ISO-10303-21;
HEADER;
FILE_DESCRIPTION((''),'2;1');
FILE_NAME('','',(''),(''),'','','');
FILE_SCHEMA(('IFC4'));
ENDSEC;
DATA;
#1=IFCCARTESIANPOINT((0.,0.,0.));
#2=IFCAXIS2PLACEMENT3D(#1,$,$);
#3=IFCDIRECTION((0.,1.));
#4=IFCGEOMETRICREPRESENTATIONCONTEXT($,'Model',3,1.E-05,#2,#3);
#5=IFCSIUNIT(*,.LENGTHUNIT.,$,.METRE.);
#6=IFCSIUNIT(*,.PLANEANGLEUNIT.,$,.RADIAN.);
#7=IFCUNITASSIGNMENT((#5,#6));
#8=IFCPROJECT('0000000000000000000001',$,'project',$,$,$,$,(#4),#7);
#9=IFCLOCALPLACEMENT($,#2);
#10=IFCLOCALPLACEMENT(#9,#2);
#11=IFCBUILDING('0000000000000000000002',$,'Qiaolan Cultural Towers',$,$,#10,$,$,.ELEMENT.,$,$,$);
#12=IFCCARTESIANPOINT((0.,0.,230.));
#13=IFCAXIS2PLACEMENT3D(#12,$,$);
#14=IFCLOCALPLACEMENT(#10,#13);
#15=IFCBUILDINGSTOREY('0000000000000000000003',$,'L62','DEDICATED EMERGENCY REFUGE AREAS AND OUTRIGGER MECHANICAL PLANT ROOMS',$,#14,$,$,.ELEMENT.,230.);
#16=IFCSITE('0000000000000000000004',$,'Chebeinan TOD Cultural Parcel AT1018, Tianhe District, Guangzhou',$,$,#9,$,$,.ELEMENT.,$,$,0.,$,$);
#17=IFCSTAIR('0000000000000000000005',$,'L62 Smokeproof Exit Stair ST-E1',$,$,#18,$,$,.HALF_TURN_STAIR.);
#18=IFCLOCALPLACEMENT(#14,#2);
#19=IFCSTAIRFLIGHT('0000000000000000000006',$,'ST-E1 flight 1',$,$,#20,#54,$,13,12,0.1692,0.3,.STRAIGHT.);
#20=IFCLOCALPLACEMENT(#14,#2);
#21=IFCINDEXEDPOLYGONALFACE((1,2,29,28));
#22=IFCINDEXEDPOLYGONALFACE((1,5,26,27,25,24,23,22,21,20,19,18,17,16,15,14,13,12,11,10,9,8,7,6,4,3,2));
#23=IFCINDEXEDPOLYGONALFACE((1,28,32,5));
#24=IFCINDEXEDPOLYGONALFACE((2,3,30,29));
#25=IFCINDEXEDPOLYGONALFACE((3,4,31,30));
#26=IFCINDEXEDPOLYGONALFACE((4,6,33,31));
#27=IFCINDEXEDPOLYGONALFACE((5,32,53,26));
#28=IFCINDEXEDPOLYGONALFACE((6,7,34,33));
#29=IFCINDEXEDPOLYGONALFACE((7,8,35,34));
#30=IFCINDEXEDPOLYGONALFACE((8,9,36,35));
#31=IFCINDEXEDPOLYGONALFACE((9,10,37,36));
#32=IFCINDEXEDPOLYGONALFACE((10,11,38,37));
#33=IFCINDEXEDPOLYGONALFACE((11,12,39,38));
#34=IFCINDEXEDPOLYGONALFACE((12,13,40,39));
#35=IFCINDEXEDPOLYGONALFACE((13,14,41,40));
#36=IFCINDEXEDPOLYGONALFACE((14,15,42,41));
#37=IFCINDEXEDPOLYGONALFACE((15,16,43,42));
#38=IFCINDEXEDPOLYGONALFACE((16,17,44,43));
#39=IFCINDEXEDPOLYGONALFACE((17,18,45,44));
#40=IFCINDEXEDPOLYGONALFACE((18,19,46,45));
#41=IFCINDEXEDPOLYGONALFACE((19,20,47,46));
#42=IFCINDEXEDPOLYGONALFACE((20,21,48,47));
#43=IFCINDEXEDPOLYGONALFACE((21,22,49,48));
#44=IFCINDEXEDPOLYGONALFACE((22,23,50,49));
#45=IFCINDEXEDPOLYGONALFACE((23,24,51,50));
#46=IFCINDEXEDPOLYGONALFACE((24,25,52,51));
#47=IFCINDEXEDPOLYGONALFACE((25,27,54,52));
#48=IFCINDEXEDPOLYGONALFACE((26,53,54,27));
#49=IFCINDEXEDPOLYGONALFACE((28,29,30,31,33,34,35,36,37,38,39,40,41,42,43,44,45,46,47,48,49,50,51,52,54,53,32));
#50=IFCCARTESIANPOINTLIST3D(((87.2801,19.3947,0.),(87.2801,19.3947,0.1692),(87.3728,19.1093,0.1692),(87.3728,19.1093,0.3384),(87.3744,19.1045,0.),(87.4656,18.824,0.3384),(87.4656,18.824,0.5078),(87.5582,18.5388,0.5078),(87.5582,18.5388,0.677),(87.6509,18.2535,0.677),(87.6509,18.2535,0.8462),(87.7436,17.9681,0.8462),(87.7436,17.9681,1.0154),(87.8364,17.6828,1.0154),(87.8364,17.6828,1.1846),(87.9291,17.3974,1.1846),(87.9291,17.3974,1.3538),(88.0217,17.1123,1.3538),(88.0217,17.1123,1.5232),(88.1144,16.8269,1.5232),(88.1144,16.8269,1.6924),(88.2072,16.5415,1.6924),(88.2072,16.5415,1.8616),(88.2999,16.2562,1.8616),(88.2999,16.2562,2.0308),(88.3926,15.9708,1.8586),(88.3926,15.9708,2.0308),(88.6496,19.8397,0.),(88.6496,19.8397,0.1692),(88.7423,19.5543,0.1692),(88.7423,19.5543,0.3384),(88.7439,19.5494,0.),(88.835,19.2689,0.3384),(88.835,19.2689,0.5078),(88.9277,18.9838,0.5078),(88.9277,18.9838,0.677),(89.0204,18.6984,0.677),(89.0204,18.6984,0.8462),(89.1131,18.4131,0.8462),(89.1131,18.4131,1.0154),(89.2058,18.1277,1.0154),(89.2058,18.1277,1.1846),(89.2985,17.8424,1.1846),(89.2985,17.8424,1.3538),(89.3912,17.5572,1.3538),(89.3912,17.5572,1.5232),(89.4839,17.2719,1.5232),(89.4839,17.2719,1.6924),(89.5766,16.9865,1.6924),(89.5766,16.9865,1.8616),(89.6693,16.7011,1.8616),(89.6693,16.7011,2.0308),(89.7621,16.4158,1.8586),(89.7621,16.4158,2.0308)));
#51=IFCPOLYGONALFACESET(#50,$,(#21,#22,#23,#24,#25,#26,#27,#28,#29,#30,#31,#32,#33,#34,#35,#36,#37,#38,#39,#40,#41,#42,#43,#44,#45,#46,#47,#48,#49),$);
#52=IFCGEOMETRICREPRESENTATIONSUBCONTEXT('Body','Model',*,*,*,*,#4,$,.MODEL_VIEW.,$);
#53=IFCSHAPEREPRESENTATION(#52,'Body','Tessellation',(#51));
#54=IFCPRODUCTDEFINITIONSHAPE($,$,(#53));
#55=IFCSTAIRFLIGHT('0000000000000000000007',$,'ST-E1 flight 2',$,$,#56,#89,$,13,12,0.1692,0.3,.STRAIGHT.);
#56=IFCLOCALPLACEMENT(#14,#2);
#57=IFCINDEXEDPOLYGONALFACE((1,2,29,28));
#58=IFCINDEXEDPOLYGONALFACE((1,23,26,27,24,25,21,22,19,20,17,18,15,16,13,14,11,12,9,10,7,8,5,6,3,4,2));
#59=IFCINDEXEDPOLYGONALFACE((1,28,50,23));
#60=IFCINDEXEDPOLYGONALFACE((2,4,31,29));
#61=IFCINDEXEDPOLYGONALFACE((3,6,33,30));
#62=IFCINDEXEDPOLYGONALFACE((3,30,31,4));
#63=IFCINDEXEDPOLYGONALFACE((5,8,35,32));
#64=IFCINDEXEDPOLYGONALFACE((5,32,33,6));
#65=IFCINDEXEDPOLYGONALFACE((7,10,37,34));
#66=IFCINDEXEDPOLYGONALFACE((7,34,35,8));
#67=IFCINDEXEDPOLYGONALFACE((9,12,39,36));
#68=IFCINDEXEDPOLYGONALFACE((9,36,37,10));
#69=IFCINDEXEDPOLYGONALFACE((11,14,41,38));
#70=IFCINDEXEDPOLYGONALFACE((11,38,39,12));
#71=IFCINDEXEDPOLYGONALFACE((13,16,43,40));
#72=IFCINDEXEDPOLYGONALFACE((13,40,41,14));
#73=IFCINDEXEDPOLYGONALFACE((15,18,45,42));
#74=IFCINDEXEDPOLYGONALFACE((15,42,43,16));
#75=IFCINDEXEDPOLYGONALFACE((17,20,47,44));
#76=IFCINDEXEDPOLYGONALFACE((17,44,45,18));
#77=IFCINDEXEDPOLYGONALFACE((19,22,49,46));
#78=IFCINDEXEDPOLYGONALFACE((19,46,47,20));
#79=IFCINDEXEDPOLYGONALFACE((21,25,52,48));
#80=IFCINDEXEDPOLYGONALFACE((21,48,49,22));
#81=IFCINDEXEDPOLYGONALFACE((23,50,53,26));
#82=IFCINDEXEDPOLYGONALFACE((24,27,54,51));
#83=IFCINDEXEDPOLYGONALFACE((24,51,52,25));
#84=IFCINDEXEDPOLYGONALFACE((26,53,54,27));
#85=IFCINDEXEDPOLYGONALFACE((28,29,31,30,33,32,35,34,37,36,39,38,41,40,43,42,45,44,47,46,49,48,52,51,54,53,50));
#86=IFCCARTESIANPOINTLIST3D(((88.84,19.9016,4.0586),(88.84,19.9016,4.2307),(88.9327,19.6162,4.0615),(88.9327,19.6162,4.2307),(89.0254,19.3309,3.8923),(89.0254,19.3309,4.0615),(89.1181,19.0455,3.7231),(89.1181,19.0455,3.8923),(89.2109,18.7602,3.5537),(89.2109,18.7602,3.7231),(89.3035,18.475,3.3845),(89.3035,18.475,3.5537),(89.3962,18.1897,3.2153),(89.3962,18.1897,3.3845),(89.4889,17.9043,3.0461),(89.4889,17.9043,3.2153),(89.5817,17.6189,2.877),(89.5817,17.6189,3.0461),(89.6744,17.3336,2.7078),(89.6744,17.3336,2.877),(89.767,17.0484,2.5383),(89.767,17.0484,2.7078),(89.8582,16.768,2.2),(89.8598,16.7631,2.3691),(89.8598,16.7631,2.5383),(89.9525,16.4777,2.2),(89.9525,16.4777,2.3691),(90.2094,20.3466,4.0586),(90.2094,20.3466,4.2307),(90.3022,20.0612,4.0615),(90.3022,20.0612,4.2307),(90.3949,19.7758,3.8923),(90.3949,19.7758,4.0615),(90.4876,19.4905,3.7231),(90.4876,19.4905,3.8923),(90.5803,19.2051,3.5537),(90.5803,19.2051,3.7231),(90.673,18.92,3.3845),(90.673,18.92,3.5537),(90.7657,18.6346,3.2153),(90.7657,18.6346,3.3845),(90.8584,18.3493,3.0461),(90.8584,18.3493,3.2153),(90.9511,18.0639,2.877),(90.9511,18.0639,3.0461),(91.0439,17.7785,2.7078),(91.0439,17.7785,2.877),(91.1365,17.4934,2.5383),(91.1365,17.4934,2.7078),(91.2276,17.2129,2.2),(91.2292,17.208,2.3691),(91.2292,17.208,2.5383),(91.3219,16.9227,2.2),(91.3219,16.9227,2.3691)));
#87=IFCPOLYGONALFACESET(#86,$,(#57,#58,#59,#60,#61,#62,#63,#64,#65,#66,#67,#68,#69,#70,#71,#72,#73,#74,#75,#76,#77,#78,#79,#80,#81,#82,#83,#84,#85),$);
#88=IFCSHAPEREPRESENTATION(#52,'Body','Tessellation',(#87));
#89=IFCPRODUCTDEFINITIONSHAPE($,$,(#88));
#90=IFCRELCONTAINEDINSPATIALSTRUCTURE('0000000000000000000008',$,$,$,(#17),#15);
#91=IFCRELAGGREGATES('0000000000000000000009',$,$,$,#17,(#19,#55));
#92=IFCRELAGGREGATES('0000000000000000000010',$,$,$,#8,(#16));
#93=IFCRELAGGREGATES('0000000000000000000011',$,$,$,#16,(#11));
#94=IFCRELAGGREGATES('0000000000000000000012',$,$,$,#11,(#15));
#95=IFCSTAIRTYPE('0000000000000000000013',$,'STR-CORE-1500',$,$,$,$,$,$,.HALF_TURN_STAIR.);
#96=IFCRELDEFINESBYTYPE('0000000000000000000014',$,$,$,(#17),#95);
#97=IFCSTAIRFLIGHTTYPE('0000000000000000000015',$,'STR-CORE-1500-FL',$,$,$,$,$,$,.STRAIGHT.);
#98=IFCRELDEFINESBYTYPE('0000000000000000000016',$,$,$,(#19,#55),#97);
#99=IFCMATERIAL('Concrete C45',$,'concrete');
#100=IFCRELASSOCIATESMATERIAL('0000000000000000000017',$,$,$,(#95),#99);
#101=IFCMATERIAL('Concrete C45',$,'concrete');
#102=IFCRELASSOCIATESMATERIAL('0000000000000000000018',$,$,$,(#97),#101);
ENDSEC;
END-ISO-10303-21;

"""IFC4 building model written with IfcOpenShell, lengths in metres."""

from ifc_helpers import new_model, si_unit, direction, frame, origin, place, context, subcontext, project, spatial, polyline, outline, extrude, material, type_object, element, aggregate, save


model = new_model("IFC4")

# Units and contexts
model_context = context("Model", 3, precision=1e-05, world=origin(), true_north=direction((0.0, 1.0)))
body_context = subcontext(model_context, "Body", "Model", "MODEL_VIEW")
ifc_project = project(units=[si_unit("LENGTHUNIT", "METRE"), si_unit("PLANEANGLEUNIT", "RADIAN")], contexts=[model_context])

# Site, building, storey
site_placement = place(None, origin())
site = spatial("IfcSite", under=ifc_project, at=site_placement, Name="Chebeinan TOD Cultural Parcel AT1018, Tianhe District, Guangzhou", CompositionType="ELEMENT", RefElevation=0.0)
building_placement = place(site_placement, origin())
building = spatial("IfcBuilding", under=site, at=building_placement, Name="Qiaolan Cultural Towers", CompositionType="ELEMENT")
storey_placement = place(building_placement, frame((0.0, 0.0, 230.0)))
storey = spatial("IfcBuildingStorey", under=building, at=storey_placement, Name="L62", Description="DEDICATED EMERGENCY REFUGE AREAS AND OUTRIGGER MECHANICAL PLANT ROOMS", CompositionType="ELEMENT", Elevation=230.0)

# Stair, stair flights
ifc_material_1 = material(Name="Concrete C45", Category="concrete")
stair_type = type_object("IfcStairType", Name="STR-CORE-1500", PredefinedType="HALF_TURN_STAIR", material=ifc_material_1)
stair_placement = place(storey_placement, origin())
stair = element("IfcStair", 1, at=stair_placement, inside=storey, type_object=stair_type, Name="L62 Smokeproof Exit Stair ST-E1", PredefinedType="HALF_TURN_STAIR")
ifc_material_2 = material(Name="Concrete C45", Category="concrete")
stair_flight_type = type_object("IfcStairFlightType", Name="STR-CORE-1500-FL", PredefinedType="STRAIGHT", material=ifc_material_2)
stair_flight_1_placement = place(storey_placement, frame((87.9648, 19.6172, 0.0), z_axis=(0.0, 0.0, 1.0), x_axis=(0.309017, -0.951057, 0.0)))
stair_flight_1 = element("IfcStairFlight", 2, at=stair_flight_1_placement, type_object=stair_flight_type, Name="ST-E1 flight 1", NumberOfRisers=13, NumberOfTreads=12, PredefinedType="STRAIGHT", RiserHeight=0.1692, TreadLength=0.3, context=body_context, shape_type="SweptSolid", body=[
    extrude(outline(polyline([(0.0, 0.0), (0.0, 0.1692), (0.3, 0.1692), (0.3, 0.3384), (0.6001, 0.3384), (0.6001, 0.5078), (0.8999, 0.5078), (0.8999, 0.677), (1.2, 0.677), (1.2, 0.8462), (1.5, 0.8462), (1.5, 1.0154), (1.8, 1.0154), (1.8, 1.1846), (2.1001, 1.1846), (2.1001, 1.3538), (2.3999, 1.3538), (2.3999, 1.5232), (2.7, 1.5232), (2.7, 1.6924), (3.0, 1.6924), (3.0, 1.8616), (3.3, 1.8616), (3.3, 2.0308), (3.6001, 2.0308), (3.6001, 2.2), (3.6001, 1.8586), (0.3052, 0.0), (0.0, 0.0)])), frame((0.0, 0.72, 0.0), z_axis=(0.0, -1.0, 0.0), x_axis=(1.0, 0.0, 0.0)), (0.0, 0.0, 1.0), 1.4399),
])
stair_flight_2_placement = place(storey_placement, frame((90.6372, 16.7002, 2.2), z_axis=(0.0, 0.0, 1.0), x_axis=(-0.309017, 0.951057, 0.0)))
stair_flight_2 = element("IfcStairFlight", 3, at=stair_flight_2_placement, type_object=stair_flight_type, Name="ST-E1 flight 2", NumberOfRisers=13, NumberOfTreads=12, PredefinedType="STRAIGHT", RiserHeight=0.1692, TreadLength=0.3, context=body_context, shape_type="SweptSolid", body=[
    extrude(outline(polyline([(0.0, 0.0), (0.0, 0.1692), (0.3, 0.1692), (0.3, 0.3384), (0.6001, 0.3384), (0.6001, 0.5078), (0.8999, 0.5078), (0.8999, 0.677), (1.2, 0.677), (1.2, 0.8462), (1.5, 0.8462), (1.5, 1.0154), (1.8, 1.0154), (1.8, 1.1846), (2.1001, 1.1846), (2.1001, 1.3538), (2.3999, 1.3538), (2.3999, 1.5232), (2.7, 1.5232), (2.7, 1.6924), (3.0, 1.6924), (3.0, 1.8616), (3.3, 1.8616), (3.3, 2.0308), (3.6001, 2.0308), (3.6001, 2.2), (3.6001, 1.8586), (0.3052, 0.0), (0.0, 0.0)])), frame((0.0, 0.72, 0.0), z_axis=(0.0, -1.0, 0.0), x_axis=(1.0, 0.0, 0.0)), (0.0, 0.0, 1.0), 1.4399),
])
aggregate(stair, [stair_flight_1, stair_flight_2])

save(model, "model.ifc")
